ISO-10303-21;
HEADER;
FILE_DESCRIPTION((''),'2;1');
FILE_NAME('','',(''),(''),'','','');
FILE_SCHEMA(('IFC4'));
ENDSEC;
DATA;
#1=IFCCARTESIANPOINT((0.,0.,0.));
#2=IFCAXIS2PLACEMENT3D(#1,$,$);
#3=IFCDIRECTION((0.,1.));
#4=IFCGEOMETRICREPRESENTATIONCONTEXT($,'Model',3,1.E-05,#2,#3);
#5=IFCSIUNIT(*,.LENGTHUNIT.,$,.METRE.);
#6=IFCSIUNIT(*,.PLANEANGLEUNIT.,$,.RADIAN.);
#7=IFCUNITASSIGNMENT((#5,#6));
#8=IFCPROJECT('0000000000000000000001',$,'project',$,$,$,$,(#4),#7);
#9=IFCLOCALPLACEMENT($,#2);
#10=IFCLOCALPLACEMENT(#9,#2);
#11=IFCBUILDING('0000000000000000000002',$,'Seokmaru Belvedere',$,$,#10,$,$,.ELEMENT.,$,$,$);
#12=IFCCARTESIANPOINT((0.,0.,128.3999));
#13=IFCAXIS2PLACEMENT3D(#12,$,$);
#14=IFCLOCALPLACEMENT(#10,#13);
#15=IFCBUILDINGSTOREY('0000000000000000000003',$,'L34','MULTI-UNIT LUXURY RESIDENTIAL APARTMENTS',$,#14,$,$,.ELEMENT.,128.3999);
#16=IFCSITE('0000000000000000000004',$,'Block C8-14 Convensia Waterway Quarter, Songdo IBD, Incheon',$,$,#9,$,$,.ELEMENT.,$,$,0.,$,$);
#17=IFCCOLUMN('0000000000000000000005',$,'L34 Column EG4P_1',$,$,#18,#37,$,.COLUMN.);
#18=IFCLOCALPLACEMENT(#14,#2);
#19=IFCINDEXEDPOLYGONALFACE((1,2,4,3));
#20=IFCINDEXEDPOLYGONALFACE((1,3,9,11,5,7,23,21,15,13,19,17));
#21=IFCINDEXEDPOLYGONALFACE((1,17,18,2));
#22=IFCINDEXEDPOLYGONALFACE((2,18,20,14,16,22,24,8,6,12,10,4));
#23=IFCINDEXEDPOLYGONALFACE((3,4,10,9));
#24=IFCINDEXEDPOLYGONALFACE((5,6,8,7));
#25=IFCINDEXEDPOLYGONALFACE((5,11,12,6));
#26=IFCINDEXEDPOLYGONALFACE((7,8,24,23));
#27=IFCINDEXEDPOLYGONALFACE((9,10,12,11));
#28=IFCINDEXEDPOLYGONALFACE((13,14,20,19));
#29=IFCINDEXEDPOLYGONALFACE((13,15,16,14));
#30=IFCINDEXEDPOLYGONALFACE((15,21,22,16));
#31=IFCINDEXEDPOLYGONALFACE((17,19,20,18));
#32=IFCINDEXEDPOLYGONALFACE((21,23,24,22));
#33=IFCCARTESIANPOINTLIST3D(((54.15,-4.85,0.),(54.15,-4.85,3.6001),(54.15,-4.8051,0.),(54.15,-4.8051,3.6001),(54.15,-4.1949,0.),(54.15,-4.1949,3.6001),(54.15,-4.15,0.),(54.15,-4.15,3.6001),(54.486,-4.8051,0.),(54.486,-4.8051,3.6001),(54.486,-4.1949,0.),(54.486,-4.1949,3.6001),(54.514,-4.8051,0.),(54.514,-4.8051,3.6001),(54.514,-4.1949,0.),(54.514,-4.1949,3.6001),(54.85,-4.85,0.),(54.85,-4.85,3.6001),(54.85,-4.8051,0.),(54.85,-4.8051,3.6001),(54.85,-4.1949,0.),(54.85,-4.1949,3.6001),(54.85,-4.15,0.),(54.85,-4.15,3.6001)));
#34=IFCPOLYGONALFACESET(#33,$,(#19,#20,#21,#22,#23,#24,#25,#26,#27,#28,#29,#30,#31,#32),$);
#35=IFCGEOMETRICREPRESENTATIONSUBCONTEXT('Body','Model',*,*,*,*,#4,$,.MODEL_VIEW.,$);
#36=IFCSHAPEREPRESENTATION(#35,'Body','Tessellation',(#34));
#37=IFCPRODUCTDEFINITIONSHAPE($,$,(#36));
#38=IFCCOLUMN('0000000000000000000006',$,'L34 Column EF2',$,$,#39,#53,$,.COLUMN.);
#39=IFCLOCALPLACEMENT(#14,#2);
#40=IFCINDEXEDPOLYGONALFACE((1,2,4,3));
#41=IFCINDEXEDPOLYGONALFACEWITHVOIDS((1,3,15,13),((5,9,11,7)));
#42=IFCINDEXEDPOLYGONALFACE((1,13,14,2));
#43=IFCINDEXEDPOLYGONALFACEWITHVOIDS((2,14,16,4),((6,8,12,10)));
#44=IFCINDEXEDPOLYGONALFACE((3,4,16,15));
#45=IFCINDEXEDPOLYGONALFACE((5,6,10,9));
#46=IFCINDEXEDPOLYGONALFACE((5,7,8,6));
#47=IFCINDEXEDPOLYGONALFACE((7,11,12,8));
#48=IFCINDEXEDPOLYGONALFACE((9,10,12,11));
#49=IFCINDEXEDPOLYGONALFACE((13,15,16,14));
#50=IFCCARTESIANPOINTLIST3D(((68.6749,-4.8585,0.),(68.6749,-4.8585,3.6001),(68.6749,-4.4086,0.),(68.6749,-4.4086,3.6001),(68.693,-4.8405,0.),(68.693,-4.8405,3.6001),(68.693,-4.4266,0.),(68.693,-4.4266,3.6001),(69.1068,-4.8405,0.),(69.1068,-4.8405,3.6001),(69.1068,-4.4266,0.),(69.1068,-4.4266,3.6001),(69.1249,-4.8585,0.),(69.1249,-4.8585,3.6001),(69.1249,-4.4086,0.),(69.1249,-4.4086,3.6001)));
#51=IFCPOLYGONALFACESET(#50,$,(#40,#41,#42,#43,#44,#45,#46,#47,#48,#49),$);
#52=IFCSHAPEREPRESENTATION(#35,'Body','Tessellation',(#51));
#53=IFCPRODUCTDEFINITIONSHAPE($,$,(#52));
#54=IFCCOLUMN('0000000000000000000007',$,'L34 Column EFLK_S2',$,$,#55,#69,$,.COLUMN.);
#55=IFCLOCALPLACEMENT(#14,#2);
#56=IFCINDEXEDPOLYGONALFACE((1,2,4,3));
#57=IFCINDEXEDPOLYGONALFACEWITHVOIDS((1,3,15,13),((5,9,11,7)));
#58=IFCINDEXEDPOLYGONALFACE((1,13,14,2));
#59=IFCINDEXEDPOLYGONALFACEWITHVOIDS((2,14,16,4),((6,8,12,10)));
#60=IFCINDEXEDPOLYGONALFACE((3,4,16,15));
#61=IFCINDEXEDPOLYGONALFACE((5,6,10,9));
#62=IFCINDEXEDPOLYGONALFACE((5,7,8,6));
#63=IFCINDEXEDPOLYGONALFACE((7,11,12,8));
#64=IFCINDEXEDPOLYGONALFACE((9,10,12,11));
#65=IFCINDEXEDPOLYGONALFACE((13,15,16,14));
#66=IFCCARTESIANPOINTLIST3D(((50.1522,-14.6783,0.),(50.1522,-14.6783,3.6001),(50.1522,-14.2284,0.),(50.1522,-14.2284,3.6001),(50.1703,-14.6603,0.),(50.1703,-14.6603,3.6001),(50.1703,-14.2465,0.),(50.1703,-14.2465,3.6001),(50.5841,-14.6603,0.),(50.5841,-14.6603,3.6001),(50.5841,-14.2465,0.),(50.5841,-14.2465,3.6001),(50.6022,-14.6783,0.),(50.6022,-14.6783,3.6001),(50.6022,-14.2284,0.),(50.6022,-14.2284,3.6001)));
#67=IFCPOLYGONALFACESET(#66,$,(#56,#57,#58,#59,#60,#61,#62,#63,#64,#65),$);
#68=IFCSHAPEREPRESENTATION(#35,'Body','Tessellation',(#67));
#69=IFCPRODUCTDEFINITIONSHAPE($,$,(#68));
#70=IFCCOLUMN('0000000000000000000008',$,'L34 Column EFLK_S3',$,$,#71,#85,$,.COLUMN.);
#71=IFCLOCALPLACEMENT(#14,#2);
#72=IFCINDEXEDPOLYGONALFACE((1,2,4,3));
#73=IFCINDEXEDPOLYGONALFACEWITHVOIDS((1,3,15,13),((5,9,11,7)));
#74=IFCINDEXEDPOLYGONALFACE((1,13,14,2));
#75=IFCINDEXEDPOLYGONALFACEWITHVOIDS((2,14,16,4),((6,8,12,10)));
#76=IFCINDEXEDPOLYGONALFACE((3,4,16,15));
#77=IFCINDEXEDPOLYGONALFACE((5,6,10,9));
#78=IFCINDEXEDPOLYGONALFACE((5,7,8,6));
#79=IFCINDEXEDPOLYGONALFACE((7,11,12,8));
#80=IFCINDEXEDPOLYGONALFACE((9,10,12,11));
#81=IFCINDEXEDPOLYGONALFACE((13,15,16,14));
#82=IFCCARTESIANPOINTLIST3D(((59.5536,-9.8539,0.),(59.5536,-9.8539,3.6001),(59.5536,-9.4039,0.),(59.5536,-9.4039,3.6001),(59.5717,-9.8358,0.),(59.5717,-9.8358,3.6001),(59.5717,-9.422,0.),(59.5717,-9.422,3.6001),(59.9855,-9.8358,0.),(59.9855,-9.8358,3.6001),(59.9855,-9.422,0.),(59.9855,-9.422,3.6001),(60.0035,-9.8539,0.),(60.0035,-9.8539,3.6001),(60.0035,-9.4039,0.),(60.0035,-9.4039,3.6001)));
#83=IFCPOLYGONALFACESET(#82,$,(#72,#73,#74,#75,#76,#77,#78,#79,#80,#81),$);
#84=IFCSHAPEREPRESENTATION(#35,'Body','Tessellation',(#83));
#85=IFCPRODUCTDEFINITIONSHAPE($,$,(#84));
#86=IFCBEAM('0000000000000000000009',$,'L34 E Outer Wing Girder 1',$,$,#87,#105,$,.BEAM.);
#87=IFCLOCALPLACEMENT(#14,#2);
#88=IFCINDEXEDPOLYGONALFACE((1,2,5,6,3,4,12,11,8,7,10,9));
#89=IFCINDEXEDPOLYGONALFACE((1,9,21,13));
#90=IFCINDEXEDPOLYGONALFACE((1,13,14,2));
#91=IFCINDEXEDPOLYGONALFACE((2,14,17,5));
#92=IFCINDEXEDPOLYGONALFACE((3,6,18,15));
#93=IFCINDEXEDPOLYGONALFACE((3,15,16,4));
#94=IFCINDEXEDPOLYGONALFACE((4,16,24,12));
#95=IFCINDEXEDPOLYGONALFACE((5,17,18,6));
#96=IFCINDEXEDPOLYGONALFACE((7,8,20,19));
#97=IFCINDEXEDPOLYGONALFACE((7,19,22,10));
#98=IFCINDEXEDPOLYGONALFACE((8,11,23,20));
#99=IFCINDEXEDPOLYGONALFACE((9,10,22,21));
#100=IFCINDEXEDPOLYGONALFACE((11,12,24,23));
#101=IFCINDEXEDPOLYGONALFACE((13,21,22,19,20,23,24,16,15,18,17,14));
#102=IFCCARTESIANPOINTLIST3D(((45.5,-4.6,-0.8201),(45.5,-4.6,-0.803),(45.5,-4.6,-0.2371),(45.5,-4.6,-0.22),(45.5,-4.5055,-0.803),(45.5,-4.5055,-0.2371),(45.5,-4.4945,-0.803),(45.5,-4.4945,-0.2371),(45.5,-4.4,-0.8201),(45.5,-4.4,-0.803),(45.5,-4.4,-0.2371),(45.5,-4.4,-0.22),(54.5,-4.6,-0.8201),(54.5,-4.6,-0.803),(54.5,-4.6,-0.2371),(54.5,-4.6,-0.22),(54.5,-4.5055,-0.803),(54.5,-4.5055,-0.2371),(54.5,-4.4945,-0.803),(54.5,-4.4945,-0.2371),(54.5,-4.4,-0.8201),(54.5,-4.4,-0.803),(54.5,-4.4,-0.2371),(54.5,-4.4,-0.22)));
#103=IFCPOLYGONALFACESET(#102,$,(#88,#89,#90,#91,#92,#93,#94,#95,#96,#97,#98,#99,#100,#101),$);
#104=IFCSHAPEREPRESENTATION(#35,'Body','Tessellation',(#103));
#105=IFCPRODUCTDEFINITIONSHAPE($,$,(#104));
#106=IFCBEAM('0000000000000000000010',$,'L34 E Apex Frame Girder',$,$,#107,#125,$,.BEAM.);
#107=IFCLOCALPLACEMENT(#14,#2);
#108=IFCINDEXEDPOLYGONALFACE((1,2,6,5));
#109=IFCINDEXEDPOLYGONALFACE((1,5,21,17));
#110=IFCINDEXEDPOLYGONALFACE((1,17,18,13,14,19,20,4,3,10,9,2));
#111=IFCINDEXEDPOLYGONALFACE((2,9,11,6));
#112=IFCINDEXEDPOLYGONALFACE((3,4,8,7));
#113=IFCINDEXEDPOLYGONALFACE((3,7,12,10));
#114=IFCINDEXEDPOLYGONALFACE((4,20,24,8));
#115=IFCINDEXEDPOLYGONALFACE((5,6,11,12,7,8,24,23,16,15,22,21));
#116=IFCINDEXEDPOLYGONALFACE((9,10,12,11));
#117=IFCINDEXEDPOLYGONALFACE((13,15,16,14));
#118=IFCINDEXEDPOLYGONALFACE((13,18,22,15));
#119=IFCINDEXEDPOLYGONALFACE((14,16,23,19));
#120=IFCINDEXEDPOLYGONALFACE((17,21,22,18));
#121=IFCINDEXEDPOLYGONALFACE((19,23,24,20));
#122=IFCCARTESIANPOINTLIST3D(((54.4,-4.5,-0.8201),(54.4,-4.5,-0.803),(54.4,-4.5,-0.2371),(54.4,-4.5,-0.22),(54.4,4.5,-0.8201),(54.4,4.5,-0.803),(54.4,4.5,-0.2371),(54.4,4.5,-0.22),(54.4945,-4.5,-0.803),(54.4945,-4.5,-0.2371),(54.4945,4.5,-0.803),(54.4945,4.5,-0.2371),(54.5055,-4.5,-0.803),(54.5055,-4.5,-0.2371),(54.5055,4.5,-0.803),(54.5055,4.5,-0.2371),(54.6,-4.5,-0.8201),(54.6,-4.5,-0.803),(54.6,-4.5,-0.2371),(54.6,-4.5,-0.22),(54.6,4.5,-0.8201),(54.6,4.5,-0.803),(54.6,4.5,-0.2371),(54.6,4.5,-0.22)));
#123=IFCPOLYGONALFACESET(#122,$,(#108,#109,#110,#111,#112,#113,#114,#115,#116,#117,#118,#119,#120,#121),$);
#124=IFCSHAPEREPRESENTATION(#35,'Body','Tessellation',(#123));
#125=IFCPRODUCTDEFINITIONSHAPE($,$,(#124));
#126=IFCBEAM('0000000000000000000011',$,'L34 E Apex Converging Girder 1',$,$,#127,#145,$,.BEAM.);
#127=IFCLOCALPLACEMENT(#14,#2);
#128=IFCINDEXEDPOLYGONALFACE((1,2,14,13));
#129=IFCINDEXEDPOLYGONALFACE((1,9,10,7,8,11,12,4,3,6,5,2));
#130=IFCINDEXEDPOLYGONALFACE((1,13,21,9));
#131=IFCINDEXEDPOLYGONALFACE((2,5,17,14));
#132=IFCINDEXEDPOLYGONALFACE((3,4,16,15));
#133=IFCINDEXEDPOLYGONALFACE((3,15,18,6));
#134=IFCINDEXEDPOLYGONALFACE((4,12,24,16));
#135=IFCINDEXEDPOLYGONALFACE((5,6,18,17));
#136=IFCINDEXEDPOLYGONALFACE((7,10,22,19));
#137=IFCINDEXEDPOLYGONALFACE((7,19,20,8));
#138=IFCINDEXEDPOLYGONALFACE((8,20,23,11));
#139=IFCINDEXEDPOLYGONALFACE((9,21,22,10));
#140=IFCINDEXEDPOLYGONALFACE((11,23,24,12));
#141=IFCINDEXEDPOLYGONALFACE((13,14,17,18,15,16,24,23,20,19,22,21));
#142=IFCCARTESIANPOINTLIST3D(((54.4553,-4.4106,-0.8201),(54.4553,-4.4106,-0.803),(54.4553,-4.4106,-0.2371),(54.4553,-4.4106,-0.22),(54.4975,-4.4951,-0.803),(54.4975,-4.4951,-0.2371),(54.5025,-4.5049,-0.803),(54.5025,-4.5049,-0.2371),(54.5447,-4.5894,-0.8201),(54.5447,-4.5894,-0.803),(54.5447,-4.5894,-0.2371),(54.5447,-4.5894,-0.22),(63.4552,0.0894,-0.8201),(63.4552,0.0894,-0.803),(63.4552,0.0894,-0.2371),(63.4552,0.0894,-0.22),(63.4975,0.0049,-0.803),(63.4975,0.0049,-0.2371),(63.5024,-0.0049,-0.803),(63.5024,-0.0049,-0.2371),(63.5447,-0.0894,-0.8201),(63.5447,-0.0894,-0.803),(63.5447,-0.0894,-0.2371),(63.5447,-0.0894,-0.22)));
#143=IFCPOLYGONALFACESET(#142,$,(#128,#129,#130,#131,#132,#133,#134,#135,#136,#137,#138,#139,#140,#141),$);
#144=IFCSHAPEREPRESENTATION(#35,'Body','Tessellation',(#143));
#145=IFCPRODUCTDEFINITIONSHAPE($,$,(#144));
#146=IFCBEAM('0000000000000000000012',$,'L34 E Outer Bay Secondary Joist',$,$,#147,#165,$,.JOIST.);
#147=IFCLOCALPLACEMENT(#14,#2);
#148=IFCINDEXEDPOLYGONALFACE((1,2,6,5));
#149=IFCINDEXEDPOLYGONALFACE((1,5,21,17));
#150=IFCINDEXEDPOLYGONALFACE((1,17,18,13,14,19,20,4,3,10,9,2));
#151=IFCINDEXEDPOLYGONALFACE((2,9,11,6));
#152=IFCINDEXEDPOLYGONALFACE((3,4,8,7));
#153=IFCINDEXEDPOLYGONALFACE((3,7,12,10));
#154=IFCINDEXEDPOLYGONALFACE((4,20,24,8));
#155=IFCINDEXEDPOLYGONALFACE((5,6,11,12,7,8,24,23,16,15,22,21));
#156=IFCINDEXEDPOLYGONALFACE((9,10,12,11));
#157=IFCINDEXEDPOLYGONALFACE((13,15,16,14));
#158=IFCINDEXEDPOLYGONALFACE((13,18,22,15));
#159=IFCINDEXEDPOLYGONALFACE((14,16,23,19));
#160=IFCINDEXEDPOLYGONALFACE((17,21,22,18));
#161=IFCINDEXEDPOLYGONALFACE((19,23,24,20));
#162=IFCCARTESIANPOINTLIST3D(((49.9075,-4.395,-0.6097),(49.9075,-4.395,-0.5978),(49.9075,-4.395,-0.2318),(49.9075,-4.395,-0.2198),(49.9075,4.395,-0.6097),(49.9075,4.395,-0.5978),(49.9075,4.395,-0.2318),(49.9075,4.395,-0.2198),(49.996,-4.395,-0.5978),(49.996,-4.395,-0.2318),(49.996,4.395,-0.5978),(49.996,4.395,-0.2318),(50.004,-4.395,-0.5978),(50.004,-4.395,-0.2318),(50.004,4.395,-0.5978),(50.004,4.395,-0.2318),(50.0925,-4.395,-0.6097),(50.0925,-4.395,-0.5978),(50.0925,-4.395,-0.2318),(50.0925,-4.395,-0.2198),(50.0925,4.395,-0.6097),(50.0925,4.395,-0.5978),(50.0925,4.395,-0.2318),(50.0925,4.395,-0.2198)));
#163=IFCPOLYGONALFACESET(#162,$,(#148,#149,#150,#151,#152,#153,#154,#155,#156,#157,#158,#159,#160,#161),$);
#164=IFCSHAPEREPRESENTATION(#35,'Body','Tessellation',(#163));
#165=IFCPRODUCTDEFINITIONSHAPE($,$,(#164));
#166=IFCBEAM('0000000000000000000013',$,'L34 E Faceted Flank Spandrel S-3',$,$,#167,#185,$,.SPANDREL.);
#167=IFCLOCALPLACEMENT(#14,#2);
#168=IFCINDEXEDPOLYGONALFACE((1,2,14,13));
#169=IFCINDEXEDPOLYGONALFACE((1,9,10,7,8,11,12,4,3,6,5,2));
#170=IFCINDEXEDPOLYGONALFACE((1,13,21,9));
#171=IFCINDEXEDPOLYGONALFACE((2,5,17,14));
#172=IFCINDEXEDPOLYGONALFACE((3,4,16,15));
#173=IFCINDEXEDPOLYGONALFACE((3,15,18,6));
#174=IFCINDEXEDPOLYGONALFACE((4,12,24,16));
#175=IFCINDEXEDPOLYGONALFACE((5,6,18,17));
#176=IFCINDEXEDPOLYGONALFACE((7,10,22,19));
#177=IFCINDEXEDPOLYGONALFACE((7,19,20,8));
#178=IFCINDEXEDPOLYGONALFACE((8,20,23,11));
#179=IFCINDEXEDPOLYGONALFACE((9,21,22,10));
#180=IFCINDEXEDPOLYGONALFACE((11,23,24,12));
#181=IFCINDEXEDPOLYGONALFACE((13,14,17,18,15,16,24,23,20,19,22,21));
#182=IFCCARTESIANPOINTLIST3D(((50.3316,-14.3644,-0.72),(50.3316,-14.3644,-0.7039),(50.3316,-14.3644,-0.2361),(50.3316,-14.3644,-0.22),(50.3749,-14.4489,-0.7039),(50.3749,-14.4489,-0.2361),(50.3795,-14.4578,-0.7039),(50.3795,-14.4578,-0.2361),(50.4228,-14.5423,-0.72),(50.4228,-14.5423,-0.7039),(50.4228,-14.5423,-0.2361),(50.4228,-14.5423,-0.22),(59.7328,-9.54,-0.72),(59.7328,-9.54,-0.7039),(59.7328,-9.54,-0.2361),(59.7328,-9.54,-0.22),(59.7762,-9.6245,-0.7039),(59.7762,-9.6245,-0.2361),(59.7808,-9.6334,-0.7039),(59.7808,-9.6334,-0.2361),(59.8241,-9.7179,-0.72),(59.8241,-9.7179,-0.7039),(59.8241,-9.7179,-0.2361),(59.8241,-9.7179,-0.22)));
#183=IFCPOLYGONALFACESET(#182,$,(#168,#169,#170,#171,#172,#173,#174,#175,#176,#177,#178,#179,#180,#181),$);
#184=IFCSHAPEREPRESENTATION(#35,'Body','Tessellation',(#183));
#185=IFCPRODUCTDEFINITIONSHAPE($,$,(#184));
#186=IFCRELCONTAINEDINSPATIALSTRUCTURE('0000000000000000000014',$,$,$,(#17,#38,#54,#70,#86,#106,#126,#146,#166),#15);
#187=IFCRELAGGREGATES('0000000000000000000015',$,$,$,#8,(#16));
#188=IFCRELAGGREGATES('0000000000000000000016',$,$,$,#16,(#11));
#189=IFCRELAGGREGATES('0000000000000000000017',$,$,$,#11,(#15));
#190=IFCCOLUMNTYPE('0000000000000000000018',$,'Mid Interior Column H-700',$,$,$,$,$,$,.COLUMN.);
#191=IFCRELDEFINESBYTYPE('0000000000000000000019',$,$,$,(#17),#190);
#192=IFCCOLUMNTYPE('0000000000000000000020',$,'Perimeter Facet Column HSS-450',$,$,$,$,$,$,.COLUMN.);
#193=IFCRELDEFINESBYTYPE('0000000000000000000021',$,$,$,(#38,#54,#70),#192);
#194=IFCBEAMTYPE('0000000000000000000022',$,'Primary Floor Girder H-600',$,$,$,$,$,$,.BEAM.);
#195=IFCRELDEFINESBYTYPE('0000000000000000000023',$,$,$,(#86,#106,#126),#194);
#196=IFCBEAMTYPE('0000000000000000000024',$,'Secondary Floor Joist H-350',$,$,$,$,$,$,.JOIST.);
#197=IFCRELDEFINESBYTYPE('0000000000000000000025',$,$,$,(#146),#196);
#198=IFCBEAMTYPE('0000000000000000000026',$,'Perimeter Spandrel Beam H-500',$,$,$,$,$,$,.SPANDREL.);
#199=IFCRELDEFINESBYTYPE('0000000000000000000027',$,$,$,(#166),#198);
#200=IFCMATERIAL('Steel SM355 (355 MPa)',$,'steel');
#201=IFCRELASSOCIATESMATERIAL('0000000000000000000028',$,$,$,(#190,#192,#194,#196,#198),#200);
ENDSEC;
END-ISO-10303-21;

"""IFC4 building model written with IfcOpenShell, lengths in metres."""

from ifc_helpers import new_model, si_unit, direction, frame, origin, origin_2d, place, context, subcontext, project, spatial, hollow_rectangle, i_section, extrude, source, transform, mapped, material, material_profile, profile_set, type_object, type_shapes, element, save


model = new_model("IFC4")

# Units and contexts
model_context = context("Model", 3, precision=1e-05, world=origin(), true_north=direction((0.0, 1.0)))
body_context = subcontext(model_context, "Body", "Model", "MODEL_VIEW")
ifc_project = project(units=[si_unit("LENGTHUNIT", "METRE"), si_unit("PLANEANGLEUNIT", "RADIAN")], contexts=[model_context])

# Site, building, storey
site_placement = place(None, origin())
site = spatial("IfcSite", under=ifc_project, at=site_placement, Name="Block C8-14 Convensia Waterway Quarter, Songdo IBD, Incheon", CompositionType="ELEMENT", RefElevation=0.0)
building_placement = place(site_placement, origin())
building = spatial("IfcBuilding", under=site, at=building_placement, Name="Seokmaru Belvedere", CompositionType="ELEMENT")
storey_placement = place(building_placement, frame((0.0, 0.0, 128.3999)))
storey = spatial("IfcBuildingStorey", under=building, at=storey_placement, Name="L34", Description="MULTI-UNIT LUXURY RESIDENTIAL APARTMENTS", CompositionType="ELEMENT", Elevation=128.3999)

# Columns
ifc_material_1 = material(Name="Steel SM355 (355 MPa)", Category="steel")
ifc_material_profile_1 = material_profile(ifc_material_1, i_section(OverallWidth=0.7, OverallDepth=0.7, WebThickness=0.0281, FlangeThickness=0.0449, at=origin_2d()), Name="H-700x700x28x45")
ifc_profile_set_1 = profile_set([ifc_material_profile_1], Name="Steel SM355 (355 MPa)")
column_type_1 = type_object("IfcColumnType", Name="Mid Interior Column H-700", PredefinedType="COLUMN", material=ifc_profile_set_1)
shared_shape_1 = source(origin(), body_context, "Body", "SweptSolid", [
    extrude(i_section(OverallWidth=0.7, OverallDepth=0.7, WebThickness=0.0281, FlangeThickness=0.0449, at=origin_2d()), origin(), (0.0, 0.0, 1.0), 3.6001),
])
type_shapes(column_type_1, [shared_shape_1])
column_placement = place(storey_placement, frame((54.5, -4.5, 0.0), z_axis=(0.0, 0.0, 1.0), x_axis=(1.0, 0.0, 0.0)))
element("IfcColumn", 1, at=column_placement, inside=storey, type_object=column_type_1, Name="L34 Column EG4P_1", PredefinedType="COLUMN", context=body_context, shape_type="MappedRepresentation", body=[
    mapped(shared_shape_1, transform((0.0, 0.0, 0.0), scale=1.0)),
])
ifc_material_profile_2 = material_profile(ifc_material_1, hollow_rectangle(XDim=0.45, YDim=0.45, WallThickness=0.0181, at=origin_2d()), Name="HSS-450x450x18")
ifc_profile_set_2 = profile_set([ifc_material_profile_2], Name="Steel SM355 (355 MPa)")
column_type_2 = type_object("IfcColumnType", Name="Perimeter Facet Column HSS-450", PredefinedType="COLUMN", material=ifc_profile_set_2)
shared_shape_2 = source(origin(), body_context, "Body", "SweptSolid", [
    extrude(hollow_rectangle(XDim=0.45, YDim=0.45, WallThickness=0.0181, at=origin_2d()), origin(), (0.0, 0.0, 1.0), 3.6001),
])
type_shapes(column_type_2, [shared_shape_2])
for number, where, z_axis, x_axis, name in (
    (2, (68.8999, -4.6335, 0.0), (0.0, 0.0, 1.0), (1.0, 0.0, 0.0), "L34 Column EF2"),
    (3, (50.3772, -14.4534, 0.0), (0.0, 0.0, 1.0), (1.0, 0.0, 0.0), "L34 Column EFLK_S2"),
    (4, (59.7786, -9.6289, 0.0), (0.0, 0.0, 1.0), (1.0, 0.0, 0.0), "L34 Column EFLK_S3"),
):
    element("IfcColumn", number, at=place(storey_placement, frame(where, z_axis=z_axis, x_axis=x_axis)), inside=storey, type_object=column_type_2, Name=name, PredefinedType="COLUMN", context=body_context, shape_type="MappedRepresentation", body=[
        mapped(shared_shape_2, transform((0.0, 0.0, 0.0), scale=1.0)),
    ])

# Beams
ifc_material_profile_3 = material_profile(ifc_material_1, i_section(OverallWidth=0.2, OverallDepth=0.6001, WebThickness=0.011, FlangeThickness=0.0171, at=origin_2d()), Name="H-600x200x11x17")
ifc_profile_set_3 = profile_set([ifc_material_profile_3], Name="Steel SM355 (355 MPa)")
beam_type_1 = type_object("IfcBeamType", Name="Primary Floor Girder H-600", PredefinedType="BEAM", material=ifc_profile_set_3)
shared_shape_3 = source(origin(), body_context, "Body", "SweptSolid", [
    extrude(i_section(OverallWidth=0.2, OverallDepth=0.6001, WebThickness=0.011, FlangeThickness=0.0171, at=origin_2d()), origin(), (0.0, 0.0, 1.0), 9.0),
])
for number, where, z_axis, x_axis, name in (
    (5, (45.5, -4.5, -0.52), (1.0, 0.0, 0.0), (0.0, 1.0, 0.0), "L34 E Outer Wing Girder 1"),
    (6, (54.5, -4.5, -0.52), (0.0, 1.0, 0.0), (-1.0, 0.0, 0.0), "L34 E Apex Frame Girder"),
):
    element("IfcBeam", number, at=place(storey_placement, frame(where, z_axis=z_axis, x_axis=x_axis)), inside=storey, type_object=beam_type_1, Name=name, PredefinedType="BEAM", context=body_context, shape_type="MappedRepresentation", body=[
        mapped(shared_shape_3, transform((0.0, 0.0, 0.0), scale=1.0)),
    ])
shared_shape_4 = source(origin(), body_context, "Body", "SweptSolid", [
    extrude(i_section(OverallWidth=0.2, OverallDepth=0.6001, WebThickness=0.011, FlangeThickness=0.0171, at=origin_2d()), origin(), (0.0, 0.0, 1.0), 10.0623),
])
beam_1_placement = place(storey_placement, frame((54.5, -4.5, -0.52), z_axis=(0.894427, 0.447214, 0.0), x_axis=(-0.447214, 0.894427, 0.0)))
element("IfcBeam", 7, at=beam_1_placement, inside=storey, type_object=beam_type_1, Name="L34 E Apex Converging Girder 1", PredefinedType="BEAM", context=body_context, shape_type="MappedRepresentation", body=[
    mapped(shared_shape_4, transform((0.0, 0.0, 0.0), scale=1.0)),
])
ifc_material_profile_4 = material_profile(ifc_material_1, i_section(OverallWidth=0.1851, OverallDepth=0.3899, WebThickness=0.0081, FlangeThickness=0.012, at=origin_2d()), Name="H-390x185x8x12")
ifc_profile_set_4 = profile_set([ifc_material_profile_4], Name="Steel SM355 (355 MPa)")
beam_type_2 = type_object("IfcBeamType", Name="Secondary Floor Joist H-350", PredefinedType="JOIST", material=ifc_profile_set_4)
shared_shape_5 = source(origin(), body_context, "Body", "SweptSolid", [
    extrude(i_section(OverallWidth=0.1851, OverallDepth=0.3899, WebThickness=0.0081, FlangeThickness=0.012, at=origin_2d()), origin(), (0.0, 0.0, 1.0), 8.79),
])
type_shapes(beam_type_2, [shared_shape_5])
beam_2_placement = place(storey_placement, frame((50.0, -4.395, -0.4148), z_axis=(0.0, 1.0, 0.0), x_axis=(-1.0, 0.0, 0.0)))
element("IfcBeam", 8, at=beam_2_placement, inside=storey, type_object=beam_type_2, Name="L34 E Outer Bay Secondary Joist", PredefinedType="JOIST", context=body_context, shape_type="MappedRepresentation", body=[
    mapped(shared_shape_5, transform((0.0, 0.0, 0.0), scale=1.0)),
])
ifc_material_profile_5 = material_profile(ifc_material_1, i_section(OverallWidth=0.2, OverallDepth=0.5, WebThickness=0.01, FlangeThickness=0.0161, at=origin_2d()), Name="H-500x200x10x16")
ifc_profile_set_5 = profile_set([ifc_material_profile_5], Name="Steel SM355 (355 MPa)")
beam_type_3 = type_object("IfcBeamType", Name="Perimeter Spandrel Beam H-500", PredefinedType="SPANDREL", material=ifc_profile_set_5)
shared_shape_6 = source(origin(), body_context, "Body", "SweptSolid", [
    extrude(i_section(OverallWidth=0.2, OverallDepth=0.5, WebThickness=0.01, FlangeThickness=0.0161, at=origin_2d()), origin(), (0.0, 0.0, 1.0), 10.5669),
])
beam_3_placement = place(storey_placement, frame((50.3772, -14.4534, -0.47), z_axis=(0.889693, 0.45656, 0.0), x_axis=(-0.45656, 0.889693, 0.0)))
element("IfcBeam", 9, at=beam_3_placement, inside=storey, type_object=beam_type_3, Name="L34 E Faceted Flank Spandrel S-3", PredefinedType="SPANDREL", context=body_context, shape_type="MappedRepresentation", body=[
    mapped(shared_shape_6, transform((0.0, 0.0, 0.0), scale=1.0)),
])

save(model, "model.ifc")
